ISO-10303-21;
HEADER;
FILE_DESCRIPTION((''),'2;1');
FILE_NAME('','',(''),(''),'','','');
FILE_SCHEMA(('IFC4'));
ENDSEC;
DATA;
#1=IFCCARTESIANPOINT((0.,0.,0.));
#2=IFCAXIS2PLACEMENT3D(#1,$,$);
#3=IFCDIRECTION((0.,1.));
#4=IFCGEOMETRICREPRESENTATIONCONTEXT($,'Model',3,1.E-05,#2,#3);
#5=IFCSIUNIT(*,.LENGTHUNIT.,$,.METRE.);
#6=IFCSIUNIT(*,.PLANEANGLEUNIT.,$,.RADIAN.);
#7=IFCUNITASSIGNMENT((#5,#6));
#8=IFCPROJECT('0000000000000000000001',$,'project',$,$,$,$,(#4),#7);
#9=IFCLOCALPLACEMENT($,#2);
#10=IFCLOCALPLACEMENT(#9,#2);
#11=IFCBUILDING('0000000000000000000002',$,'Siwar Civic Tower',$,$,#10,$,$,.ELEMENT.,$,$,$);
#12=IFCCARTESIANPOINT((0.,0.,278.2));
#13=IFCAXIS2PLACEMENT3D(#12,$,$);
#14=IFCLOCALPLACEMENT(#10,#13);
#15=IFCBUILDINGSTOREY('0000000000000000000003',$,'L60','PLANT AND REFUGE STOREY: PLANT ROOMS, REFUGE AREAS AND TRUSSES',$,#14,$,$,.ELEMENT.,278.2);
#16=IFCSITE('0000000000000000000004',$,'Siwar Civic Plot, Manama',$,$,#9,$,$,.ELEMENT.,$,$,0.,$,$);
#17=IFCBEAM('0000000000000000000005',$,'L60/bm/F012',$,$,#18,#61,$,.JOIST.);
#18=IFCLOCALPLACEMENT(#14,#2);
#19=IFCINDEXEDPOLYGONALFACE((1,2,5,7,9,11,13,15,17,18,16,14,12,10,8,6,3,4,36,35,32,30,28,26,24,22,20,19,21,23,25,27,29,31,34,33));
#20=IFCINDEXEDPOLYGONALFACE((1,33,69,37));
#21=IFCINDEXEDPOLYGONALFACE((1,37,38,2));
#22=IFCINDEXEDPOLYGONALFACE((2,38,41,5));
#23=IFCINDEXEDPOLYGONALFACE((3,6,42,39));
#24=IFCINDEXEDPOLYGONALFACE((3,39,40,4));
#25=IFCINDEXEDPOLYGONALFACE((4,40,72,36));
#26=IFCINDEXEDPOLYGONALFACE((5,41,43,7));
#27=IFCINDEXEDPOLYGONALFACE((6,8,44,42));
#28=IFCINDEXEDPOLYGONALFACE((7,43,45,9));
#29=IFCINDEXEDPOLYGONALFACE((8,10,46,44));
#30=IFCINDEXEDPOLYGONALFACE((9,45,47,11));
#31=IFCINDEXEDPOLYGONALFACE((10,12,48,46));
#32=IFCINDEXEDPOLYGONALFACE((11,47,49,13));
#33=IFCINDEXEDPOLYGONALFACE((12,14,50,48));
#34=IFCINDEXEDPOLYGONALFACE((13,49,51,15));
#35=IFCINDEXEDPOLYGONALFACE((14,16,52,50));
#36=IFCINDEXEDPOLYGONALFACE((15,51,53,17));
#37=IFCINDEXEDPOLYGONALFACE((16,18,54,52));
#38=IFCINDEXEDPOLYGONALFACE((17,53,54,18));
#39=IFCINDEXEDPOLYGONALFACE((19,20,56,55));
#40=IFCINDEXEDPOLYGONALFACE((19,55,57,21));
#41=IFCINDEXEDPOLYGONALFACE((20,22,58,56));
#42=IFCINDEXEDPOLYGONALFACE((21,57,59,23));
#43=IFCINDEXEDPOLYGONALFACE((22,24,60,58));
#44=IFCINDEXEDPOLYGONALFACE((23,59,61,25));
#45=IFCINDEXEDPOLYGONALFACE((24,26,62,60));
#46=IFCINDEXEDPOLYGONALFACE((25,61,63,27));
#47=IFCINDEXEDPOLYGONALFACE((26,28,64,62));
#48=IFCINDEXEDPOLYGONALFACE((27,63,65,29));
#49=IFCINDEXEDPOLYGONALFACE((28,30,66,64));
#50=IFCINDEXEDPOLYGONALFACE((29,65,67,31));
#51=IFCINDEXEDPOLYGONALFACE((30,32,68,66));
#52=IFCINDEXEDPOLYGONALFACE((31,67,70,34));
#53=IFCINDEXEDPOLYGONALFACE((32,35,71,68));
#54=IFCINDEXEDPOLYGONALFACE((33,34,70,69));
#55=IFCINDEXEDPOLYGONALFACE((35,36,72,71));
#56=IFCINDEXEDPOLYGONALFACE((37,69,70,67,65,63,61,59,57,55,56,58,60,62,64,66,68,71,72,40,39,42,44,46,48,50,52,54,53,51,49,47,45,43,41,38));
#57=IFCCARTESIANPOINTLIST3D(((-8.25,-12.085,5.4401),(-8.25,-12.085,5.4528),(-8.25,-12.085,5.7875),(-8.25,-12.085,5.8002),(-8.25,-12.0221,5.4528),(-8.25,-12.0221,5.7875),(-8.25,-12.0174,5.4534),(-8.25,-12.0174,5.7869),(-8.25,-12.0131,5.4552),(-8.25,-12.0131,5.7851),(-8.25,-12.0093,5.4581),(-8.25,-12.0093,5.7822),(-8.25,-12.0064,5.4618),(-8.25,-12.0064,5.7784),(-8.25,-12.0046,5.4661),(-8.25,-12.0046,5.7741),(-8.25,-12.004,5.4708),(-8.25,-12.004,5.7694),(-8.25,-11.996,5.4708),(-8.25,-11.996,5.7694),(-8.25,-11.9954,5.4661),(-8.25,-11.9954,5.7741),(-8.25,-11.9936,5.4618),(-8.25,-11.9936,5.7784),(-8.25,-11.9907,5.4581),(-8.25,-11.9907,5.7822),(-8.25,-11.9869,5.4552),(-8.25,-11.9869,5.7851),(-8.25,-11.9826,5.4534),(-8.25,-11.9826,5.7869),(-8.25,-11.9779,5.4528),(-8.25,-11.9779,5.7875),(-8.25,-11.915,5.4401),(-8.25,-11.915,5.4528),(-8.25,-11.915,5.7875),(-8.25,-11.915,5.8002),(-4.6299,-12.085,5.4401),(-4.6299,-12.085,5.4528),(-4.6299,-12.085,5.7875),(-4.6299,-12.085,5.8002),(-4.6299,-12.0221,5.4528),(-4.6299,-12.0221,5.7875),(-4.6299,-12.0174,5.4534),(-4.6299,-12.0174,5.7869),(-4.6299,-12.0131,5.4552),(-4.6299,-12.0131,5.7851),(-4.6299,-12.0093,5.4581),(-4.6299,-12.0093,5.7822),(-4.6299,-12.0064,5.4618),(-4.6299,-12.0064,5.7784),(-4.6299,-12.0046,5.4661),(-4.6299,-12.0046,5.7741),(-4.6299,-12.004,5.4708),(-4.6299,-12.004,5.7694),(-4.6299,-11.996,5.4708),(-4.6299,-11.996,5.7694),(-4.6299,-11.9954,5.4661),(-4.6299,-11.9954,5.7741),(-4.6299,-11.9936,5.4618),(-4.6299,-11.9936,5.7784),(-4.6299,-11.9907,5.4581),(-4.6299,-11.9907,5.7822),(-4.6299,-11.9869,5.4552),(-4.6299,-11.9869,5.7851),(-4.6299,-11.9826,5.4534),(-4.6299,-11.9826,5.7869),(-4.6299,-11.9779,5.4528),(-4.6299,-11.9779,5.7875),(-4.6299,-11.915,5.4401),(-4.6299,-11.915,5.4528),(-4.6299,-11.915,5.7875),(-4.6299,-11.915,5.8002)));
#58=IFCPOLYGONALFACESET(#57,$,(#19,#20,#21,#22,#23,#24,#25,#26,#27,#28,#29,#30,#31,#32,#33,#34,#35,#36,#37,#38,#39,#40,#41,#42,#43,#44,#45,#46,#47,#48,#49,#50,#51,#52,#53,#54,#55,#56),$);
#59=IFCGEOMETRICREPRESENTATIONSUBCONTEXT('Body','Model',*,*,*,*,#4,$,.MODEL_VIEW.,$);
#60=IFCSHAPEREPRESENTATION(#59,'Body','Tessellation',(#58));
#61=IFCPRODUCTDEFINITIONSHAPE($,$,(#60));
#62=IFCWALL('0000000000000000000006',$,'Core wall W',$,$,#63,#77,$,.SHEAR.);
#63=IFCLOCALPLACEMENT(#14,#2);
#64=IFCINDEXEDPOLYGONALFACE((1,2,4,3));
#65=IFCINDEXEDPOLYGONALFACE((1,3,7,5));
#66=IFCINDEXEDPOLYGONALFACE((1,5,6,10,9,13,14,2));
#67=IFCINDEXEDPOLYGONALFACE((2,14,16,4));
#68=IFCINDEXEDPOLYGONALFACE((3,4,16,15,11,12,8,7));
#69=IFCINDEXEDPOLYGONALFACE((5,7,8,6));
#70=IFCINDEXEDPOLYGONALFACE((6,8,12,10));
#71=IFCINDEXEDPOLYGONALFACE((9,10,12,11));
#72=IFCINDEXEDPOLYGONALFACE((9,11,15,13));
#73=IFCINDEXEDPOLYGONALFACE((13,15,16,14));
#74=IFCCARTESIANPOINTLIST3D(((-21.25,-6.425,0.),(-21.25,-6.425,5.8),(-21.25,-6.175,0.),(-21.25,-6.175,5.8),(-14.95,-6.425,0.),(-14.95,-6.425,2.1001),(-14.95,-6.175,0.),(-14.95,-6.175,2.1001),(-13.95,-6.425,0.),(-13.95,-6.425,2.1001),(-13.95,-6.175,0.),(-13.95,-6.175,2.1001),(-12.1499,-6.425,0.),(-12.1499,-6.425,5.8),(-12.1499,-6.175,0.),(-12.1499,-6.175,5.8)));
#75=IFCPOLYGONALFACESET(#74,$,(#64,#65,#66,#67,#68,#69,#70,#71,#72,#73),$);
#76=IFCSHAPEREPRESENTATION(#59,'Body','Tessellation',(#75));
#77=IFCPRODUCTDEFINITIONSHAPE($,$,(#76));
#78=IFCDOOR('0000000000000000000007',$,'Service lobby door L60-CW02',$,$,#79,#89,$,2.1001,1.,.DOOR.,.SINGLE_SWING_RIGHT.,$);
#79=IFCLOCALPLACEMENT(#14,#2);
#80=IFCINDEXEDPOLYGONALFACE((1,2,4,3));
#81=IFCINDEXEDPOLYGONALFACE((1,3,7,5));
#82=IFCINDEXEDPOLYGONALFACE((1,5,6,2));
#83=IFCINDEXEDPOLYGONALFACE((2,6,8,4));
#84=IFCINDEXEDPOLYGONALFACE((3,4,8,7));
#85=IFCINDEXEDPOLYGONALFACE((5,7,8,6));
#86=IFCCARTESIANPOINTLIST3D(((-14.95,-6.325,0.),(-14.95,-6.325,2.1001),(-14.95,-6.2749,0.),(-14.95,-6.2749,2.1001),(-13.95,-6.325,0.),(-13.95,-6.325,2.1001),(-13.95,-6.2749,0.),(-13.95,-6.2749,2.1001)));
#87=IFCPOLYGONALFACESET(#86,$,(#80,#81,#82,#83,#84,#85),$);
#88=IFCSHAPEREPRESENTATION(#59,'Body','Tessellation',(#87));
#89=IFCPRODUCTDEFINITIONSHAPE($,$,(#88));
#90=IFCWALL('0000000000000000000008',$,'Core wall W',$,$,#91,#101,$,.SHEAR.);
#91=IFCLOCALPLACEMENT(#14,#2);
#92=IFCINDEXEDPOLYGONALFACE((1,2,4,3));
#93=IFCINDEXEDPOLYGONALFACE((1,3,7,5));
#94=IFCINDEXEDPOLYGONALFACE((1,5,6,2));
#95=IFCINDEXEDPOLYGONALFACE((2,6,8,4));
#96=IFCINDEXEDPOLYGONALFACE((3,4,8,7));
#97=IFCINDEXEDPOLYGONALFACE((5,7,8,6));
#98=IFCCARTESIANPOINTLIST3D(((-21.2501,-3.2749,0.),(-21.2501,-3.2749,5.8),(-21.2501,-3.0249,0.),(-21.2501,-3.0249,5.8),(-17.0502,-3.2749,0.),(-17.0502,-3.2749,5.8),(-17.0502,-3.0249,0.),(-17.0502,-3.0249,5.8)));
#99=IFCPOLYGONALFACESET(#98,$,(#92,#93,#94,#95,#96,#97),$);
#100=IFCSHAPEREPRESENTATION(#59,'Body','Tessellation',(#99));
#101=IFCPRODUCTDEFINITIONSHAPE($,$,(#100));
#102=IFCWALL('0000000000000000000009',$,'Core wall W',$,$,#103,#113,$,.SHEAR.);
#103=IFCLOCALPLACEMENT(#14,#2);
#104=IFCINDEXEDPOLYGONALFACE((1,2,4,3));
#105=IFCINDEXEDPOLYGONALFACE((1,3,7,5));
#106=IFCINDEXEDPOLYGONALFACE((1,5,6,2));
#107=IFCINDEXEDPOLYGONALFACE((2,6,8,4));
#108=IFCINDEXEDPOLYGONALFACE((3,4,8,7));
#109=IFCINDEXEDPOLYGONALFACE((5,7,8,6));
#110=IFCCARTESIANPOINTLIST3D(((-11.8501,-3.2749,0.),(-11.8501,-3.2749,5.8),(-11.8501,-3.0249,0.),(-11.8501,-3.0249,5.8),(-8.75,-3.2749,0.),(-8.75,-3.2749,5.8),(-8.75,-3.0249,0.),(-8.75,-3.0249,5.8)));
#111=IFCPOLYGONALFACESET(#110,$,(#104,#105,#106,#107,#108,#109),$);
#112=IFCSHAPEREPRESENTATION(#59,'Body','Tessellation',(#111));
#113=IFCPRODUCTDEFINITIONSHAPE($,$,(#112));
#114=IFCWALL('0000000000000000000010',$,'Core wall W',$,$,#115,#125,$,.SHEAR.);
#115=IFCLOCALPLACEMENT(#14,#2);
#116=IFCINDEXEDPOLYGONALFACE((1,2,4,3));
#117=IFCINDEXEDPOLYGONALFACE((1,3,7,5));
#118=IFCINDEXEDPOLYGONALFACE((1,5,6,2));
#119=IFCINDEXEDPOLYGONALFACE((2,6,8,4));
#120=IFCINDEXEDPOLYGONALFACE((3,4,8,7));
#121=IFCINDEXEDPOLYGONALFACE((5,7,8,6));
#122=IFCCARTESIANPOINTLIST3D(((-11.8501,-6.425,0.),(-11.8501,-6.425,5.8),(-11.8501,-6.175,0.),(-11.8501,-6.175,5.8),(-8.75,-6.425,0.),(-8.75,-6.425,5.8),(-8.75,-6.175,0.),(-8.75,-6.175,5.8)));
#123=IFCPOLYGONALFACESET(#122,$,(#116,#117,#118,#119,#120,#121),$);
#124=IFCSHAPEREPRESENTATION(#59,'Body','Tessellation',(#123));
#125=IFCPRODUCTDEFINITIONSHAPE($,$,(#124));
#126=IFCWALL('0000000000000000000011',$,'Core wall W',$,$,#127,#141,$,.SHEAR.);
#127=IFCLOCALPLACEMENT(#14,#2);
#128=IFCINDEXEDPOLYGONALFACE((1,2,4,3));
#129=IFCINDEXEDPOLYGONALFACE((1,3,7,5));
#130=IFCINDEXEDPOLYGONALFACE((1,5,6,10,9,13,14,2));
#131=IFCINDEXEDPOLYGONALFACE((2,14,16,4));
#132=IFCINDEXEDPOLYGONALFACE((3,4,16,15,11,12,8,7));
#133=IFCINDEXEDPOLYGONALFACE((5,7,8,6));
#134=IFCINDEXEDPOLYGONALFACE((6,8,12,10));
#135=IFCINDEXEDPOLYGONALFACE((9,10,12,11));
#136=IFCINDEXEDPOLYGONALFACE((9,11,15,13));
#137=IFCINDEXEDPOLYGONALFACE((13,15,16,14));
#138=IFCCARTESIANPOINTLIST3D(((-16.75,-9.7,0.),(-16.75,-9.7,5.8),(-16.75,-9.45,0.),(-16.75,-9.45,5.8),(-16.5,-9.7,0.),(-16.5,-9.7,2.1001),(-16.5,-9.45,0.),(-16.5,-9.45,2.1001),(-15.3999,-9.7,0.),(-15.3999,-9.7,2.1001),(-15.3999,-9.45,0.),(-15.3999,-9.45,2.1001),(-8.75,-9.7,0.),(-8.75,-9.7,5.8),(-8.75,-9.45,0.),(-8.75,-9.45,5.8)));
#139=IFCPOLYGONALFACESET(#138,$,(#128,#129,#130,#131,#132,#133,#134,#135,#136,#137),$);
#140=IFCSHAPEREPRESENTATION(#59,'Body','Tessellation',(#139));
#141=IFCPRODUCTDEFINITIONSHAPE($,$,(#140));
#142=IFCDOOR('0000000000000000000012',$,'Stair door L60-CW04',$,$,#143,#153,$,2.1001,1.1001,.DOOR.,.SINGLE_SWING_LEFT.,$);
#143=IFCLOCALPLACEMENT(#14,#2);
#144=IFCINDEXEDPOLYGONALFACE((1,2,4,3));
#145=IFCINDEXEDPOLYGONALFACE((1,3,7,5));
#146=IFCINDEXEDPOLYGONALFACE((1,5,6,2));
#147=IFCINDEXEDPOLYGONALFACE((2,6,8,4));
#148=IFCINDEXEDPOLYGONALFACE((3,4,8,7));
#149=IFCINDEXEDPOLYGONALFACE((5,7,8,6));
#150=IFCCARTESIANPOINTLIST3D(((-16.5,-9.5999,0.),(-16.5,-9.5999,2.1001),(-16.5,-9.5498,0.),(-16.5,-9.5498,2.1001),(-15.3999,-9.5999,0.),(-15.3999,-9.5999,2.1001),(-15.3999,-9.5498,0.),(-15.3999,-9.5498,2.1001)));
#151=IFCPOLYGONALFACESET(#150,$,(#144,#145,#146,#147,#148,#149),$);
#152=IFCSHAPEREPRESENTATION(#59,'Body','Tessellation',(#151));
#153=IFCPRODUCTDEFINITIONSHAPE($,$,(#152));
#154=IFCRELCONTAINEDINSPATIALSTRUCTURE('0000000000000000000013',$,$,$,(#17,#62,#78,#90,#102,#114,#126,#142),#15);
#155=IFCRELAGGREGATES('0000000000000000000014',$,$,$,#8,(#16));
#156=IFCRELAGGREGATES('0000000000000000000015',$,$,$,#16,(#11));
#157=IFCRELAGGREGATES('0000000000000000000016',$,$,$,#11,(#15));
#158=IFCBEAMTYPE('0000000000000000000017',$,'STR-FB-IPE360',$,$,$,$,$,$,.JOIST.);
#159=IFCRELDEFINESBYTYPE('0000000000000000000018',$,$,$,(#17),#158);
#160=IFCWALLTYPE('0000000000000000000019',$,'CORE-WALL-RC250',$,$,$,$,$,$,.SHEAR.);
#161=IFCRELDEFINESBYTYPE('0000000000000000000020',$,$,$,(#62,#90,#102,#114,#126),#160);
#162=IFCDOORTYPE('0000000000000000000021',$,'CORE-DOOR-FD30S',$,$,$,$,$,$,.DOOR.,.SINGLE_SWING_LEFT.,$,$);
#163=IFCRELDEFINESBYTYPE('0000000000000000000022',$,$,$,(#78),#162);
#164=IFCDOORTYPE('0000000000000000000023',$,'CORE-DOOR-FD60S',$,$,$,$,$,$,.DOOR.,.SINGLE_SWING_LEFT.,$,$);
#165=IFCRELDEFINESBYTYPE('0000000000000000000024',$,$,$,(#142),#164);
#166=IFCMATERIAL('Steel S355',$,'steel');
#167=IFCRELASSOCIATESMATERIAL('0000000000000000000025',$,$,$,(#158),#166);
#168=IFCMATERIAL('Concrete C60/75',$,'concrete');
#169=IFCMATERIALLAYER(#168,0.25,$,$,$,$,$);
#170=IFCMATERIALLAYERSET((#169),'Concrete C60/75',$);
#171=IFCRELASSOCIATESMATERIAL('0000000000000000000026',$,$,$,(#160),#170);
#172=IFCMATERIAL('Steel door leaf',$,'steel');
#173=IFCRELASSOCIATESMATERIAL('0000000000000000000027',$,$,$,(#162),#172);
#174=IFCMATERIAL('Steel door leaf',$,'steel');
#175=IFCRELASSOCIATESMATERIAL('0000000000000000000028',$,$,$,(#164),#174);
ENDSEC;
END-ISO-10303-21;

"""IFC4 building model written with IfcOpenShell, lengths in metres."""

from ifc_helpers import new_model, si_unit, direction, frame, frame_2d, origin, origin_2d, place, context, subcontext, project, spatial, rectangle, i_section, extrude, material, layer, layer_set, material_profile, profile_set, type_object, element, fill, save


model = new_model("IFC4")

# Units and contexts
model_context = context("Model", 3, precision=1e-05, world=origin(), true_north=direction((0.0, 1.0)))
body_context = subcontext(model_context, "Body", "Model", "MODEL_VIEW")
ifc_project = project(units=[si_unit("LENGTHUNIT", "METRE"), si_unit("PLANEANGLEUNIT", "RADIAN")], contexts=[model_context])

# Site, building, storey
site_placement = place(None, origin())
site = spatial("IfcSite", under=ifc_project, at=site_placement, Name="Siwar Civic Plot, Manama", CompositionType="ELEMENT", RefElevation=0.0)
building_placement = place(site_placement, origin())
building = spatial("IfcBuilding", under=site, at=building_placement, Name="Siwar Civic Tower", CompositionType="ELEMENT")
storey_placement = place(building_placement, frame((0.0, 0.0, 278.2)))
storey = spatial("IfcBuildingStorey", under=building, at=storey_placement, Name="L60", Description="PLANT AND REFUGE STOREY: PLANT ROOMS, REFUGE AREAS AND TRUSSES", CompositionType="ELEMENT", Elevation=278.2)

# Beam
ifc_material_1 = material(Name="Steel S355", Category="steel")
ifc_material_profile = material_profile(ifc_material_1, i_section(OverallWidth=0.1699, OverallDepth=0.3601, WebThickness=0.0081, FlangeThickness=0.0127, FilletRadius=0.0181, at=origin_2d()), Name="IPE360")
ifc_profile_set = profile_set([ifc_material_profile], Name="Steel S355")
beam_type = type_object("IfcBeamType", Name="STR-FB-IPE360", PredefinedType="JOIST", material=ifc_profile_set)
beam_placement = place(storey_placement, frame((-8.25, -12.0, 5.6201), z_axis=(1.0, 0.0, 0.0), x_axis=(0.0, 1.0, 0.0)))
element("IfcBeam", 1, at=beam_placement, inside=storey, type_object=beam_type, Name="L60/bm/F012", PredefinedType="JOIST", context=body_context, shape_type="SweptSolid", body=[
    extrude(i_section(OverallWidth=0.1699, OverallDepth=0.3601, WebThickness=0.0081, FlangeThickness=0.0127, FilletRadius=0.0181, at=origin_2d()), origin(), (0.0, 0.0, 1.0), 3.6201),
])

# Wall, opening, door
ifc_material_2 = material(Name="Concrete C60/75", Category="concrete")
ifc_layer_1 = layer(ifc_material_2, 0.25)
ifc_layer_set_1 = layer_set([ifc_layer_1], Name="Concrete C60/75")
wall_type_1 = type_object("IfcWallType", Name="CORE-WALL-RC250", PredefinedType="SHEAR", material=ifc_layer_set_1)
wall_1_placement = place(storey_placement, frame((-12.1499, -6.3, 0.0), z_axis=(0.0, 0.0, 1.0), x_axis=(-1.0, 0.0, 0.0)))
wall_1 = element("IfcWall", 2, at=wall_1_placement, inside=storey, type_object=wall_type_1, Name="Core wall W", PredefinedType="SHEAR", context=body_context, shape_type="SweptSolid", body=[
    extrude(rectangle(XDim=9.1001, YDim=0.25, at=frame_2d((4.55, 0.0))), origin(), (0.0, 0.0, 1.0), 5.8),
])
opening_1_placement = place(wall_1_placement, frame((1.8, 0.0, 0.0)))
opening_1 = element("IfcOpeningElement", 3, at=opening_1_placement, cuts=wall_1, PredefinedType="OPENING", context=body_context, shape_type="SweptSolid", body=[
    extrude(rectangle(XDim=1.0, YDim=2.1001, at=frame_2d((0.5, 1.05))), frame((0.0, 0.135, 0.0), z_axis=(0.0, -1.0, 0.0), x_axis=(1.0, 0.0, 0.0)), (0.0, 0.0, 1.0), 0.27),
])
ifc_material_3 = material(Name="Steel door leaf", Category="steel")
door_type_1 = type_object("IfcDoorType", Name="CORE-DOOR-FD30S", OperationType="SINGLE_SWING_LEFT", PredefinedType="DOOR", material=ifc_material_3)
door_1_placement = place(opening_1_placement, origin())
door_1 = element("IfcDoor", 4, at=door_1_placement, inside=storey, type_object=door_type_1, Name="Service lobby door L60-CW02", OperationType="SINGLE_SWING_RIGHT", OverallHeight=2.1001, OverallWidth=1.0, PredefinedType="DOOR", context=body_context, shape_type="SweptSolid", body=[
    extrude(rectangle(XDim=1.0, YDim=2.1001, at=frame_2d((0.5, 1.05))), frame((0.0, 0.0249, 0.0), z_axis=(0.0, -1.0, 0.0), x_axis=(1.0, 0.0, 0.0)), (0.0, 0.0, 1.0), 0.05),
])
fill(opening_1, door_1)

# Walls
wall_2_placement = place(storey_placement, frame((-17.05, -3.1499, 0.0), z_axis=(0.0, 0.0, 1.0), x_axis=(-1.0, 0.0, 0.0)))
element("IfcWall", 5, at=wall_2_placement, inside=storey, type_object=wall_type_1, Name="Core wall W", PredefinedType="SHEAR", context=body_context, shape_type="SweptSolid", body=[
    extrude(rectangle(XDim=4.2, YDim=0.25, at=frame_2d((2.1001, 0.0))), origin(), (0.0, 0.0, 1.0), 5.8),
])
for number, where, z_axis, x_axis, name in (
    (6, (-8.75, -3.1499, 0.0), (0.0, 0.0, 1.0), (-1.0, 0.0, 0.0), "Core wall W"),
    (7, (-8.75, -6.3, 0.0), (0.0, 0.0, 1.0), (-1.0, 0.0, 0.0), "Core wall W"),
):
    element("IfcWall", number, at=place(storey_placement, frame(where, z_axis=z_axis, x_axis=x_axis)), inside=storey, type_object=wall_type_1, Name=name, PredefinedType="SHEAR", context=body_context, shape_type="SweptSolid", body=[
        extrude(rectangle(XDim=3.1001, YDim=0.25, at=frame_2d((1.55, 0.0))), origin(), (0.0, 0.0, 1.0), 5.8),
    ])

# Wall, opening, door
wall_3_placement = place(storey_placement, frame((-8.75, -9.575, 0.0), z_axis=(0.0, 0.0, 1.0), x_axis=(-1.0, 0.0, 0.0)))
wall_3 = element("IfcWall", 8, at=wall_3_placement, inside=storey, type_object=wall_type_1, Name="Core wall W", PredefinedType="SHEAR", context=body_context, shape_type="SweptSolid", body=[
    extrude(rectangle(XDim=8.0, YDim=0.25, at=frame_2d((4.0, 0.0))), origin(), (0.0, 0.0, 1.0), 5.8),
])
opening_2_placement = place(wall_3_placement, frame((6.6499, 0.0, 0.0)))
opening_2 = element("IfcOpeningElement", 9, at=opening_2_placement, cuts=wall_3, PredefinedType="OPENING", context=body_context, shape_type="SweptSolid", body=[
    extrude(rectangle(XDim=1.1001, YDim=2.1001, at=frame_2d((0.55, 1.05))), frame((0.0, 0.135, 0.0), z_axis=(0.0, -1.0, 0.0), x_axis=(1.0, 0.0, 0.0)), (0.0, 0.0, 1.0), 0.27),
])
ifc_material_4 = material(Name="Steel door leaf", Category="steel")
door_type_2 = type_object("IfcDoorType", Name="CORE-DOOR-FD60S", OperationType="SINGLE_SWING_LEFT", PredefinedType="DOOR", material=ifc_material_4)
door_2_placement = place(opening_2_placement, origin())
door_2 = element("IfcDoor", 10, at=door_2_placement, inside=storey, type_object=door_type_2, Name="Stair door L60-CW04", OperationType="SINGLE_SWING_LEFT", OverallHeight=2.1001, OverallWidth=1.1001, PredefinedType="DOOR", context=body_context, shape_type="SweptSolid", body=[
    extrude(rectangle(XDim=1.1001, YDim=2.1001, at=frame_2d((0.55, 1.05))), frame((0.0, 0.0249, 0.0), z_axis=(0.0, -1.0, 0.0), x_axis=(1.0, 0.0, 0.0)), (0.0, 0.0, 1.0), 0.05),
])
fill(opening_2, door_2)

save(model, "model.ifc")
